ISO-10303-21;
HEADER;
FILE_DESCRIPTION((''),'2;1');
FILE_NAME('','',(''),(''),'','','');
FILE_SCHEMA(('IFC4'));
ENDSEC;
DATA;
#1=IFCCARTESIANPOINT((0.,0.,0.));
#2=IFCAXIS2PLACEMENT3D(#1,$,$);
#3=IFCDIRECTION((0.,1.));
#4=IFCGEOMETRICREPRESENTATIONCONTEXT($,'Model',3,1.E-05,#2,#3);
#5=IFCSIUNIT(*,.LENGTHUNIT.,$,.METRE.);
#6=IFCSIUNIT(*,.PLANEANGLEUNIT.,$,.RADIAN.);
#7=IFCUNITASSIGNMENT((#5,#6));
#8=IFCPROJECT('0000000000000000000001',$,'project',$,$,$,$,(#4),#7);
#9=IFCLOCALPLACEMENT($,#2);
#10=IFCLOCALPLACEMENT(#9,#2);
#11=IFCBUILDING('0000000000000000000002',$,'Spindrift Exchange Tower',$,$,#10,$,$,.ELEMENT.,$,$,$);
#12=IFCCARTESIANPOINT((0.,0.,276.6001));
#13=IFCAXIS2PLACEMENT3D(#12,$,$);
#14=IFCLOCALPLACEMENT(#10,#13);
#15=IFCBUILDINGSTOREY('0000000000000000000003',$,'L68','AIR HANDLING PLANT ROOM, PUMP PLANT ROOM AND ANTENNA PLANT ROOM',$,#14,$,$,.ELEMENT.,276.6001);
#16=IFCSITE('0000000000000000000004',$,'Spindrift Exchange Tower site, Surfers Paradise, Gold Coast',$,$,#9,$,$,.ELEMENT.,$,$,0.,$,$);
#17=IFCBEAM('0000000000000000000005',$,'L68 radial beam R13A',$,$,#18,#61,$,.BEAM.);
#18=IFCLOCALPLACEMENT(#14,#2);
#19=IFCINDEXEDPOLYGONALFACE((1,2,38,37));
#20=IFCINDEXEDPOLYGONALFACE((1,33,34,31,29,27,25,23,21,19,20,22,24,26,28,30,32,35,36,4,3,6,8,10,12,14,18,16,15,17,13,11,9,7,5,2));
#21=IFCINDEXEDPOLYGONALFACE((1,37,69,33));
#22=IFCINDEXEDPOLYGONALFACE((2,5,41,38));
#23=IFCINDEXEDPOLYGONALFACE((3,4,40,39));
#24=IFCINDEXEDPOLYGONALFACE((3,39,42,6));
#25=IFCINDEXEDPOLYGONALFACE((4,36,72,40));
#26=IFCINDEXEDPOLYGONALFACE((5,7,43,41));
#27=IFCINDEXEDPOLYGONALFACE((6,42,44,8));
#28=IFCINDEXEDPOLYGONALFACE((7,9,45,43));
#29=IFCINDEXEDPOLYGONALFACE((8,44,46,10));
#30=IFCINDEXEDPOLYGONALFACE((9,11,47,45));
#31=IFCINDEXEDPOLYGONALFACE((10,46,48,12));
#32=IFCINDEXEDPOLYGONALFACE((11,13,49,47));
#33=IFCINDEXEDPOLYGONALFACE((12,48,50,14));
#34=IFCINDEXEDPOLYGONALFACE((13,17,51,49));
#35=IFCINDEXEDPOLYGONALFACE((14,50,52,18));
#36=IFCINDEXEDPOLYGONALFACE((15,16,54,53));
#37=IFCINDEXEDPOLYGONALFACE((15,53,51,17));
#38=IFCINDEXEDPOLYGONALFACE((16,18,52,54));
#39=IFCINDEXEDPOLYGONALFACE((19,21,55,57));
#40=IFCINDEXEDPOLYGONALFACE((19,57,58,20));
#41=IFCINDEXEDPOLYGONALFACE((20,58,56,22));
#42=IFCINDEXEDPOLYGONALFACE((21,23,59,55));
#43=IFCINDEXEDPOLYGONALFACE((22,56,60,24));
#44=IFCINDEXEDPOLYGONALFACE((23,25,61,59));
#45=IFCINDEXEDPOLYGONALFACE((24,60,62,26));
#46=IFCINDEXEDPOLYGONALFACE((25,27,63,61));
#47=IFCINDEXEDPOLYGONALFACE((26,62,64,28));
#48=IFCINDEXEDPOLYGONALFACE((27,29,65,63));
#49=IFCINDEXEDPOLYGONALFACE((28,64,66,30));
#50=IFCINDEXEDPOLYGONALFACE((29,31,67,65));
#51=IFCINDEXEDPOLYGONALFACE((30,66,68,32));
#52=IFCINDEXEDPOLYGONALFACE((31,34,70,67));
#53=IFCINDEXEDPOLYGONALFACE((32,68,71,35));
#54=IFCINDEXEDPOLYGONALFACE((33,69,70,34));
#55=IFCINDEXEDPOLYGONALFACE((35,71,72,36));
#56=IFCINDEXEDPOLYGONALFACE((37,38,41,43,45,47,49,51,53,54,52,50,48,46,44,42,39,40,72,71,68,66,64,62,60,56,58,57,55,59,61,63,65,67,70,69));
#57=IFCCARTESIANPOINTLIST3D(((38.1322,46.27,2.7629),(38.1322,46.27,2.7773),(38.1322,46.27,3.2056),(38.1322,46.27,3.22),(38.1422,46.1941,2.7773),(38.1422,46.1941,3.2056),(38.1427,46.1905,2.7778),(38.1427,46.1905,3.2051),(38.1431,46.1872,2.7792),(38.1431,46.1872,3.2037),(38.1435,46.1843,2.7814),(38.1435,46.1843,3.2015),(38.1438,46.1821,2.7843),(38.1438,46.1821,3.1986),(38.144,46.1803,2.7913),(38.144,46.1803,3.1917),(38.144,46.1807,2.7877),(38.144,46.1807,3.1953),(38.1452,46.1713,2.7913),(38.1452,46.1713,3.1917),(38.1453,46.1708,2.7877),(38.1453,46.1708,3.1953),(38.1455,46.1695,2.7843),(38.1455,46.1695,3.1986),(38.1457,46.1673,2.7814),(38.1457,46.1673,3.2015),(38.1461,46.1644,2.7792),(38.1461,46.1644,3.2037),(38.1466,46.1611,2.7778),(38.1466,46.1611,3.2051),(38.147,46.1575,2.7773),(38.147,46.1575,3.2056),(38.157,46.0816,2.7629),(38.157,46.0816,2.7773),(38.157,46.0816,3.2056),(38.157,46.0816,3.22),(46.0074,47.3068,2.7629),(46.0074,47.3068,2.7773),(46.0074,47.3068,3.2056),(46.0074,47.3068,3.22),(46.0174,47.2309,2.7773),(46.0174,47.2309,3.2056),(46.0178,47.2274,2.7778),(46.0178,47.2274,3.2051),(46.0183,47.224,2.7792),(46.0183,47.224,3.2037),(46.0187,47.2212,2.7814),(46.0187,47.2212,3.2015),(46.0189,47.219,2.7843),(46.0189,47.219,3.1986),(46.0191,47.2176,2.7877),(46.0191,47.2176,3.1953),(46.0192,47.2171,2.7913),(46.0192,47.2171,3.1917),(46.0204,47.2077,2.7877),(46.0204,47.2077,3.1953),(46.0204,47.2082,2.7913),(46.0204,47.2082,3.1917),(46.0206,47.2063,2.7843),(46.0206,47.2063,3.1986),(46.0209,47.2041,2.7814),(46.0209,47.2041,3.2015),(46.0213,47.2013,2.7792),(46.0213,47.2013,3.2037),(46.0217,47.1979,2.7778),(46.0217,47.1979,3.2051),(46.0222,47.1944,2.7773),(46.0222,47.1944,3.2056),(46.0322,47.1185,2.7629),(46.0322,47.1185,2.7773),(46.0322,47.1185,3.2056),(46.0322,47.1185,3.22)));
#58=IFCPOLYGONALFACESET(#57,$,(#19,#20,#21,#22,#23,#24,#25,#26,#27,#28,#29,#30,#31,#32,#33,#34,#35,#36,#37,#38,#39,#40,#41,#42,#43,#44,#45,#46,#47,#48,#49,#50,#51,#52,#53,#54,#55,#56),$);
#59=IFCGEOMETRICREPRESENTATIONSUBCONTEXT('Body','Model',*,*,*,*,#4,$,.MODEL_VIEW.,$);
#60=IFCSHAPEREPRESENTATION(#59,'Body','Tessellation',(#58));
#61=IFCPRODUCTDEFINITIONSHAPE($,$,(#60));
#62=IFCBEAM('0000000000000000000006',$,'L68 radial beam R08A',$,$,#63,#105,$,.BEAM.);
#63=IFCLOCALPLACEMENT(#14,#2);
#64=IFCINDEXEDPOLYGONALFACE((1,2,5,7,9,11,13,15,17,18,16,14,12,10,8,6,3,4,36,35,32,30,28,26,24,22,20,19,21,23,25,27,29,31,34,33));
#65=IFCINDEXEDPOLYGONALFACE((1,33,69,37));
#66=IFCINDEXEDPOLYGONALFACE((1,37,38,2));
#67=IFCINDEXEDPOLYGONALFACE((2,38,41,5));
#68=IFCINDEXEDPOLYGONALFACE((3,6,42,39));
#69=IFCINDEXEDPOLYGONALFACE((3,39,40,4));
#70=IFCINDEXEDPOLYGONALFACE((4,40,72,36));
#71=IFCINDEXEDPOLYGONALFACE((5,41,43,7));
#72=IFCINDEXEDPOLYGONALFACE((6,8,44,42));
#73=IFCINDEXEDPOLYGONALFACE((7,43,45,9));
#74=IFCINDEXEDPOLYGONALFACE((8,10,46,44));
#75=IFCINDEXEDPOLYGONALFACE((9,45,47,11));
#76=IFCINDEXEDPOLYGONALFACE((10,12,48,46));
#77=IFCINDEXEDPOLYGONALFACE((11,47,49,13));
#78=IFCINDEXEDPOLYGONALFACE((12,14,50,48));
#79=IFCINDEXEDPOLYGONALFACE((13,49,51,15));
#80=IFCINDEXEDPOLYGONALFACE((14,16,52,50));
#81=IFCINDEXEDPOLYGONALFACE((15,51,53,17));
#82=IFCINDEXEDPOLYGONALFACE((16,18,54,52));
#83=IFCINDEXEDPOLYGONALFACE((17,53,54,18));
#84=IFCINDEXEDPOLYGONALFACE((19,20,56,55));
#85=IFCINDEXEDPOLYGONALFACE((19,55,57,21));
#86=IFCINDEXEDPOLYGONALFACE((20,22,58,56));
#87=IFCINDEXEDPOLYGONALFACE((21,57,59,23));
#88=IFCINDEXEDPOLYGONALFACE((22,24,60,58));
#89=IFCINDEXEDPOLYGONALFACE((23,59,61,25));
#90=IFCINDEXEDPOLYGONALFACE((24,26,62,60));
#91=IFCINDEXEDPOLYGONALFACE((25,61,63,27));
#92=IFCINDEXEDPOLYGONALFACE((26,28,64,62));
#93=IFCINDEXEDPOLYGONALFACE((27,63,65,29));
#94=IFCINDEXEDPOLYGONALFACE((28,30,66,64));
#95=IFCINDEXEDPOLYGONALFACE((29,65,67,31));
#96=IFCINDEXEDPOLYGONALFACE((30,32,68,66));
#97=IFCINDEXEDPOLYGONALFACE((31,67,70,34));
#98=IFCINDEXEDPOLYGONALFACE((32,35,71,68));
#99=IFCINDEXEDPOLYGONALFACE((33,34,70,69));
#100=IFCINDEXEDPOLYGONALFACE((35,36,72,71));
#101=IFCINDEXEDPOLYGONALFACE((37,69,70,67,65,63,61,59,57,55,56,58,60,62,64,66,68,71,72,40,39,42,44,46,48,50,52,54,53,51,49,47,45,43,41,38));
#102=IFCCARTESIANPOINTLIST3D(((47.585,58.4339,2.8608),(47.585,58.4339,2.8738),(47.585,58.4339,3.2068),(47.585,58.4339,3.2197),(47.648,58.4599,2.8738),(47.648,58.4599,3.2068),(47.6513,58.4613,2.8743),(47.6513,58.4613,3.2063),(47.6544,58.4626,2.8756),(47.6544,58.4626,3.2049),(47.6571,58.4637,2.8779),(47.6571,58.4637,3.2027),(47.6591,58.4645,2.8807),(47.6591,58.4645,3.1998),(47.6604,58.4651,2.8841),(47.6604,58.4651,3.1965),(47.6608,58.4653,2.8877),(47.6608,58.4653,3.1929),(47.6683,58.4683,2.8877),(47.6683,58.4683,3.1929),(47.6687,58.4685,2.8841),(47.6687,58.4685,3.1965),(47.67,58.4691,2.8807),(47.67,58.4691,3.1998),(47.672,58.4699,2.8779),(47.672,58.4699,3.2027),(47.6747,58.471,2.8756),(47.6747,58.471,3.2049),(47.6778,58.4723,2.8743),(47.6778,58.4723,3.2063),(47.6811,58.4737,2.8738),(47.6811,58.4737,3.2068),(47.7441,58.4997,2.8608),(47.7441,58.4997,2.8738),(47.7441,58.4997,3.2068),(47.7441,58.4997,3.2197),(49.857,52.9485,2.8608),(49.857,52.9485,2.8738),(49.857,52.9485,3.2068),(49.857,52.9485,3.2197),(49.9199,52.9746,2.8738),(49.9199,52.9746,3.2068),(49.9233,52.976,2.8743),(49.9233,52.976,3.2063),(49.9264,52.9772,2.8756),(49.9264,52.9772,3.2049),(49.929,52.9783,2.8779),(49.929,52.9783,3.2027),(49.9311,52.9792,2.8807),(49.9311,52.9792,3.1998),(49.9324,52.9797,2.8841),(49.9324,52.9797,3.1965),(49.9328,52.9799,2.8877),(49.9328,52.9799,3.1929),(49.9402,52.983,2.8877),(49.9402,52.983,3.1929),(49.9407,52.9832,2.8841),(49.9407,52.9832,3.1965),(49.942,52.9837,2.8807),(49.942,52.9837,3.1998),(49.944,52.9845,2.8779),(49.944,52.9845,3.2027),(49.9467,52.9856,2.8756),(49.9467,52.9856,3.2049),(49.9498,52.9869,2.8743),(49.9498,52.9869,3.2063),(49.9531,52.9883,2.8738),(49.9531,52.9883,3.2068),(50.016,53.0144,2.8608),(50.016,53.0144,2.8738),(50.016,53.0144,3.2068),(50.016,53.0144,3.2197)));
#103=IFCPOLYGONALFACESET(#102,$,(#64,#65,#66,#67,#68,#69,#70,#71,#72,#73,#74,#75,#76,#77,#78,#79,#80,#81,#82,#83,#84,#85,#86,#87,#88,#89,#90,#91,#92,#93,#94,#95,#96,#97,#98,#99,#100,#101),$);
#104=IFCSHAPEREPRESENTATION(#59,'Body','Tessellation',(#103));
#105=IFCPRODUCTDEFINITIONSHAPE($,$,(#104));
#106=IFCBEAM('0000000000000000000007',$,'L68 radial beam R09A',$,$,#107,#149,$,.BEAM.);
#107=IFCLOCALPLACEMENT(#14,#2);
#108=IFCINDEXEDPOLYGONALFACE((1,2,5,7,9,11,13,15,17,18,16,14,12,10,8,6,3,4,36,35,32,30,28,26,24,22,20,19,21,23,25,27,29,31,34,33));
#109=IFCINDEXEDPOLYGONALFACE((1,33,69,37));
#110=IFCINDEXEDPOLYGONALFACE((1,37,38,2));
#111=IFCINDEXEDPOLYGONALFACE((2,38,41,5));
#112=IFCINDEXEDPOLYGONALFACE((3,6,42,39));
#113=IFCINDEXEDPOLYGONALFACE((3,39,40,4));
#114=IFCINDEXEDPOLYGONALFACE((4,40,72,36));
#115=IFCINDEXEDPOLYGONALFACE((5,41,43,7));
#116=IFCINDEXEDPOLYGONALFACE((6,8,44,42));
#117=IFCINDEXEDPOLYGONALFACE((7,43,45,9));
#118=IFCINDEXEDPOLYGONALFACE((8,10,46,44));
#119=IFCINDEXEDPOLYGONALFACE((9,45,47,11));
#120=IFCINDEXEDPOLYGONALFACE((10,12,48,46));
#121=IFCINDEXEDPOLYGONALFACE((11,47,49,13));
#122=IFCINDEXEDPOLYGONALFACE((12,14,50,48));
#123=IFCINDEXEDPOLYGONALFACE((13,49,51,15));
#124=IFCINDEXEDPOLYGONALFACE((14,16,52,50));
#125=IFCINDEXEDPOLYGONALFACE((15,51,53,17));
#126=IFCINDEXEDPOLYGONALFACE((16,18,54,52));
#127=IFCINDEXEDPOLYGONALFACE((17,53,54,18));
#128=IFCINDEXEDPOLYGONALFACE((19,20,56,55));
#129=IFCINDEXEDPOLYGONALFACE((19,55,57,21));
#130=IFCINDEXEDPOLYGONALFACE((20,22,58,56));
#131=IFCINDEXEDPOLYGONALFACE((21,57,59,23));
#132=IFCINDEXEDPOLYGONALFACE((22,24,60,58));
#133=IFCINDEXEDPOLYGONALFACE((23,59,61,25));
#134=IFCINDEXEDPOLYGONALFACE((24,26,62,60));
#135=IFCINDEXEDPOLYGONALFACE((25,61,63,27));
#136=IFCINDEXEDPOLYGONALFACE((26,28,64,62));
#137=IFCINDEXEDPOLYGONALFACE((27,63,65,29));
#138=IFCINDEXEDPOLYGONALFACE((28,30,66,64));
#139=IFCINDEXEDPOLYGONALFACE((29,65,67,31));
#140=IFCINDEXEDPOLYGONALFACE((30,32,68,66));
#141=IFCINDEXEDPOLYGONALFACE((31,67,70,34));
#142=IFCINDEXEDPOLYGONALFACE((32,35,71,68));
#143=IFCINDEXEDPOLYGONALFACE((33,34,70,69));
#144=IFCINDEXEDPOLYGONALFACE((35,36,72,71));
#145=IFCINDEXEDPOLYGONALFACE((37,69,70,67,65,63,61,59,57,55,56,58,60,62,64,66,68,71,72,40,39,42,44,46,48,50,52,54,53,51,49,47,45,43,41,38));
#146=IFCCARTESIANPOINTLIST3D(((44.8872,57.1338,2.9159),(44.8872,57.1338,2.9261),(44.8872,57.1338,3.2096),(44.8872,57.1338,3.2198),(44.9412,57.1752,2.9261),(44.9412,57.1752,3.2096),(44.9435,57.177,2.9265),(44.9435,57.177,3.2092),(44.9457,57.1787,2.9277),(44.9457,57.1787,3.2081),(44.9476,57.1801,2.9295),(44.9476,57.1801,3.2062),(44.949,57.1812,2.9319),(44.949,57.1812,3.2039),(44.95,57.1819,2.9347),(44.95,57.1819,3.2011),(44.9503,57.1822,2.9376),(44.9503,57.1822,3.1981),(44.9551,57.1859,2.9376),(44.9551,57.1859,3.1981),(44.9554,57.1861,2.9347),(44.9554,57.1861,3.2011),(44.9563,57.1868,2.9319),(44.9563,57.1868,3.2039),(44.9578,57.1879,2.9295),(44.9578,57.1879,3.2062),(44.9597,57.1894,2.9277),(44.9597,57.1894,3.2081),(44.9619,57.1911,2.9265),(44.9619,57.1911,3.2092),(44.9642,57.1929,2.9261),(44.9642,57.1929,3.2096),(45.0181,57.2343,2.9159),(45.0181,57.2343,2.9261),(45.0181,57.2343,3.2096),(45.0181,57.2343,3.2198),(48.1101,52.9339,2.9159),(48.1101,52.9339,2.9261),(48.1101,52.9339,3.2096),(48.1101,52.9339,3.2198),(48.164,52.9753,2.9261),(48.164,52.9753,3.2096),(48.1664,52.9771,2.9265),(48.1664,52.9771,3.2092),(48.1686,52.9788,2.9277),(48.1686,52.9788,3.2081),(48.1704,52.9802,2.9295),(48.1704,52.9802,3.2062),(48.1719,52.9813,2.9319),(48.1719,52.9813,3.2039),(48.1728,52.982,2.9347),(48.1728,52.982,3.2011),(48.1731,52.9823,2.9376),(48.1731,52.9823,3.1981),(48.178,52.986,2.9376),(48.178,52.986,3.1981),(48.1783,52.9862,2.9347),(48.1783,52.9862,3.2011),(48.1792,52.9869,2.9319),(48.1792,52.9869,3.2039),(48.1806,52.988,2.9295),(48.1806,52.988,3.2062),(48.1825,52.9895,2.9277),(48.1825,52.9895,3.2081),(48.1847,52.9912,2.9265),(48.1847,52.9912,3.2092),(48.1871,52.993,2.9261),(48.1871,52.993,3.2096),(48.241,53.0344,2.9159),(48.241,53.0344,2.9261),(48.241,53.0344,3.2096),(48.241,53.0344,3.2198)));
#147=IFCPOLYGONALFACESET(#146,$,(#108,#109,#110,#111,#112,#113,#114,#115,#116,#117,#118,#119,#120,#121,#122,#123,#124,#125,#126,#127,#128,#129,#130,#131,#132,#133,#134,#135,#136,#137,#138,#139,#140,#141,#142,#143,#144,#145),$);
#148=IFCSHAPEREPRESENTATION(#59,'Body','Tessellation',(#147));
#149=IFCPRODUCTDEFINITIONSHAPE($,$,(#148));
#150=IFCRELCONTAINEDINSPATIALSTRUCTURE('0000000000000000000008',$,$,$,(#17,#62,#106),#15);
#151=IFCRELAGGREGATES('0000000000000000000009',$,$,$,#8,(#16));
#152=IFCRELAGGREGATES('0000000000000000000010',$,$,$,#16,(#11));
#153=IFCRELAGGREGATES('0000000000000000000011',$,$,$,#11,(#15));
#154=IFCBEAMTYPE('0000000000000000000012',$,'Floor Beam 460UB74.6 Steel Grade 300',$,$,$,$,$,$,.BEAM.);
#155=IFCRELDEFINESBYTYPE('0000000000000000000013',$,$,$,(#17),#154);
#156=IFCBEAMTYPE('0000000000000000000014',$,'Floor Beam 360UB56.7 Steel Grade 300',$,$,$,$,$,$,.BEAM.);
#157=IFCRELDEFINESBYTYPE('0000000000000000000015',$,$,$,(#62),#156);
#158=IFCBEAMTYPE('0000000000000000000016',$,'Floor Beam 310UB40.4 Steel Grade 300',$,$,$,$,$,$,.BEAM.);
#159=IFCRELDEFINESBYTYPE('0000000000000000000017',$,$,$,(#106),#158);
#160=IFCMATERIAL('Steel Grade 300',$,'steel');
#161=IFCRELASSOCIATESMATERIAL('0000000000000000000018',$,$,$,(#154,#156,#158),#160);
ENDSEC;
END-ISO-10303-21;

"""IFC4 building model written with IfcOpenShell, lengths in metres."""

from ifc_helpers import new_model, si_unit, direction, frame, origin, origin_2d, place, context, subcontext, project, spatial, i_section, extrude, source, transform, mapped, material, material_profile, profile_set, type_object, element, save


model = new_model("IFC4")

# Units and contexts
model_context = context("Model", 3, precision=1e-05, world=origin(), true_north=direction((0.0, 1.0)))
body_context = subcontext(model_context, "Body", "Model", "MODEL_VIEW")
ifc_project = project(units=[si_unit("LENGTHUNIT", "METRE"), si_unit("PLANEANGLEUNIT", "RADIAN")], contexts=[model_context])

# Site, building, storey
site_placement = place(None, origin())
site = spatial("IfcSite", under=ifc_project, at=site_placement, Name="Spindrift Exchange Tower site, Surfers Paradise, Gold Coast", CompositionType="ELEMENT", RefElevation=0.0)
building_placement = place(site_placement, origin())
building = spatial("IfcBuilding", under=site, at=building_placement, Name="Spindrift Exchange Tower", CompositionType="ELEMENT")
storey_placement = place(building_placement, frame((0.0, 0.0, 276.6001)))
storey = spatial("IfcBuildingStorey", under=building, at=storey_placement, Name="L68", Description="AIR HANDLING PLANT ROOM, PUMP PLANT ROOM AND ANTENNA PLANT ROOM", CompositionType="ELEMENT", Elevation=276.6001)

# Beams
ifc_material_1 = material(Name="Steel Grade 300", Category="steel")
ifc_material_profile_1 = material_profile(ifc_material_1, i_section(OverallWidth=0.1899, OverallDepth=0.457, WebThickness=0.009, FlangeThickness=0.0144, FilletRadius=0.0139, at=origin_2d()), Name="460UB74.6")
ifc_profile_set_1 = profile_set([ifc_material_profile_1], Name="Steel Grade 300")
beam_type_1 = type_object("IfcBeamType", Name="Floor Beam 460UB74.6 Steel Grade 300", PredefinedType="BEAM", material=ifc_profile_set_1)
shared_shape_1 = source(origin(), body_context, "Body", "SweptSolid", [
    extrude(i_section(OverallWidth=0.1899, OverallDepth=0.457, WebThickness=0.009, FlangeThickness=0.0144, FilletRadius=0.0139, at=origin_2d()), origin(), (0.0, 0.0, 1.0), 7.9431),
])
beam_1_placement = place(storey_placement, frame((46.0198, 47.2126, 2.9915), z_axis=(-0.991444, -0.130535, 0.0), x_axis=(0.130535, -0.991444, 0.0)))
element("IfcBeam", 1, at=beam_1_placement, inside=storey, type_object=beam_type_1, Name="L68 radial beam R13A", PredefinedType="BEAM", context=body_context, shape_type="MappedRepresentation", body=[
    mapped(shared_shape_1, transform((0.0, 0.0, 0.0), scale=1.0)),
])
ifc_material_profile_2 = material_profile(ifc_material_1, i_section(OverallWidth=0.1721, OverallDepth=0.3589, WebThickness=0.0081, FlangeThickness=0.0129, FilletRadius=0.0139, at=origin_2d()), Name="360UB56.7")
ifc_profile_set_2 = profile_set([ifc_material_profile_2], Name="Steel Grade 300")
beam_type_2 = type_object("IfcBeamType", Name="Floor Beam 360UB56.7 Steel Grade 300", PredefinedType="BEAM", material=ifc_profile_set_2)
shared_shape_2 = source(origin(), body_context, "Body", "SweptSolid", [
    extrude(i_section(OverallWidth=0.1721, OverallDepth=0.3589, WebThickness=0.0081, FlangeThickness=0.0129, FilletRadius=0.0139, at=origin_2d()), origin(), (0.0, 0.0, 1.0), 5.9373),
])
beam_2_placement = place(storey_placement, frame((49.9365, 52.9814, 3.0403), z_axis=(-0.382664, 0.923888, 0.0), x_axis=(-0.923888, -0.382664, 0.0)))
element("IfcBeam", 2, at=beam_2_placement, inside=storey, type_object=beam_type_2, Name="L68 radial beam R08A", PredefinedType="BEAM", context=body_context, shape_type="MappedRepresentation", body=[
    mapped(shared_shape_2, transform((0.0, 0.0, 0.0), scale=1.0)),
])
ifc_material_profile_3 = material_profile(ifc_material_1, i_section(OverallWidth=0.165, OverallDepth=0.304, WebThickness=0.0061, FlangeThickness=0.0103, FilletRadius=0.0115, at=origin_2d()), Name="310UB40.4")
ifc_profile_set_3 = profile_set([ifc_material_profile_3], Name="Steel Grade 300")
beam_type_3 = type_object("IfcBeamType", Name="Floor Beam 310UB40.4 Steel Grade 300", PredefinedType="BEAM", material=ifc_profile_set_3)
shared_shape_3 = source(origin(), body_context, "Body", "SweptSolid", [
    extrude(i_section(OverallWidth=0.165, OverallDepth=0.304, WebThickness=0.0061, FlangeThickness=0.0103, FilletRadius=0.0115, at=origin_2d()), origin(), (0.0, 0.0, 1.0), 5.2939),
])
beam_3_placement = place(storey_placement, frame((48.1755, 52.9841, 3.0679), z_axis=(-0.608781, 0.793338, 0.0), x_axis=(-0.793338, -0.608781, 0.0)))
element("IfcBeam", 3, at=beam_3_placement, inside=storey, type_object=beam_type_3, Name="L68 radial beam R09A", PredefinedType="BEAM", context=body_context, shape_type="MappedRepresentation", body=[
    mapped(shared_shape_3, transform((0.0, 0.0, 0.0), scale=1.0)),
])

save(model, "model.ifc")
